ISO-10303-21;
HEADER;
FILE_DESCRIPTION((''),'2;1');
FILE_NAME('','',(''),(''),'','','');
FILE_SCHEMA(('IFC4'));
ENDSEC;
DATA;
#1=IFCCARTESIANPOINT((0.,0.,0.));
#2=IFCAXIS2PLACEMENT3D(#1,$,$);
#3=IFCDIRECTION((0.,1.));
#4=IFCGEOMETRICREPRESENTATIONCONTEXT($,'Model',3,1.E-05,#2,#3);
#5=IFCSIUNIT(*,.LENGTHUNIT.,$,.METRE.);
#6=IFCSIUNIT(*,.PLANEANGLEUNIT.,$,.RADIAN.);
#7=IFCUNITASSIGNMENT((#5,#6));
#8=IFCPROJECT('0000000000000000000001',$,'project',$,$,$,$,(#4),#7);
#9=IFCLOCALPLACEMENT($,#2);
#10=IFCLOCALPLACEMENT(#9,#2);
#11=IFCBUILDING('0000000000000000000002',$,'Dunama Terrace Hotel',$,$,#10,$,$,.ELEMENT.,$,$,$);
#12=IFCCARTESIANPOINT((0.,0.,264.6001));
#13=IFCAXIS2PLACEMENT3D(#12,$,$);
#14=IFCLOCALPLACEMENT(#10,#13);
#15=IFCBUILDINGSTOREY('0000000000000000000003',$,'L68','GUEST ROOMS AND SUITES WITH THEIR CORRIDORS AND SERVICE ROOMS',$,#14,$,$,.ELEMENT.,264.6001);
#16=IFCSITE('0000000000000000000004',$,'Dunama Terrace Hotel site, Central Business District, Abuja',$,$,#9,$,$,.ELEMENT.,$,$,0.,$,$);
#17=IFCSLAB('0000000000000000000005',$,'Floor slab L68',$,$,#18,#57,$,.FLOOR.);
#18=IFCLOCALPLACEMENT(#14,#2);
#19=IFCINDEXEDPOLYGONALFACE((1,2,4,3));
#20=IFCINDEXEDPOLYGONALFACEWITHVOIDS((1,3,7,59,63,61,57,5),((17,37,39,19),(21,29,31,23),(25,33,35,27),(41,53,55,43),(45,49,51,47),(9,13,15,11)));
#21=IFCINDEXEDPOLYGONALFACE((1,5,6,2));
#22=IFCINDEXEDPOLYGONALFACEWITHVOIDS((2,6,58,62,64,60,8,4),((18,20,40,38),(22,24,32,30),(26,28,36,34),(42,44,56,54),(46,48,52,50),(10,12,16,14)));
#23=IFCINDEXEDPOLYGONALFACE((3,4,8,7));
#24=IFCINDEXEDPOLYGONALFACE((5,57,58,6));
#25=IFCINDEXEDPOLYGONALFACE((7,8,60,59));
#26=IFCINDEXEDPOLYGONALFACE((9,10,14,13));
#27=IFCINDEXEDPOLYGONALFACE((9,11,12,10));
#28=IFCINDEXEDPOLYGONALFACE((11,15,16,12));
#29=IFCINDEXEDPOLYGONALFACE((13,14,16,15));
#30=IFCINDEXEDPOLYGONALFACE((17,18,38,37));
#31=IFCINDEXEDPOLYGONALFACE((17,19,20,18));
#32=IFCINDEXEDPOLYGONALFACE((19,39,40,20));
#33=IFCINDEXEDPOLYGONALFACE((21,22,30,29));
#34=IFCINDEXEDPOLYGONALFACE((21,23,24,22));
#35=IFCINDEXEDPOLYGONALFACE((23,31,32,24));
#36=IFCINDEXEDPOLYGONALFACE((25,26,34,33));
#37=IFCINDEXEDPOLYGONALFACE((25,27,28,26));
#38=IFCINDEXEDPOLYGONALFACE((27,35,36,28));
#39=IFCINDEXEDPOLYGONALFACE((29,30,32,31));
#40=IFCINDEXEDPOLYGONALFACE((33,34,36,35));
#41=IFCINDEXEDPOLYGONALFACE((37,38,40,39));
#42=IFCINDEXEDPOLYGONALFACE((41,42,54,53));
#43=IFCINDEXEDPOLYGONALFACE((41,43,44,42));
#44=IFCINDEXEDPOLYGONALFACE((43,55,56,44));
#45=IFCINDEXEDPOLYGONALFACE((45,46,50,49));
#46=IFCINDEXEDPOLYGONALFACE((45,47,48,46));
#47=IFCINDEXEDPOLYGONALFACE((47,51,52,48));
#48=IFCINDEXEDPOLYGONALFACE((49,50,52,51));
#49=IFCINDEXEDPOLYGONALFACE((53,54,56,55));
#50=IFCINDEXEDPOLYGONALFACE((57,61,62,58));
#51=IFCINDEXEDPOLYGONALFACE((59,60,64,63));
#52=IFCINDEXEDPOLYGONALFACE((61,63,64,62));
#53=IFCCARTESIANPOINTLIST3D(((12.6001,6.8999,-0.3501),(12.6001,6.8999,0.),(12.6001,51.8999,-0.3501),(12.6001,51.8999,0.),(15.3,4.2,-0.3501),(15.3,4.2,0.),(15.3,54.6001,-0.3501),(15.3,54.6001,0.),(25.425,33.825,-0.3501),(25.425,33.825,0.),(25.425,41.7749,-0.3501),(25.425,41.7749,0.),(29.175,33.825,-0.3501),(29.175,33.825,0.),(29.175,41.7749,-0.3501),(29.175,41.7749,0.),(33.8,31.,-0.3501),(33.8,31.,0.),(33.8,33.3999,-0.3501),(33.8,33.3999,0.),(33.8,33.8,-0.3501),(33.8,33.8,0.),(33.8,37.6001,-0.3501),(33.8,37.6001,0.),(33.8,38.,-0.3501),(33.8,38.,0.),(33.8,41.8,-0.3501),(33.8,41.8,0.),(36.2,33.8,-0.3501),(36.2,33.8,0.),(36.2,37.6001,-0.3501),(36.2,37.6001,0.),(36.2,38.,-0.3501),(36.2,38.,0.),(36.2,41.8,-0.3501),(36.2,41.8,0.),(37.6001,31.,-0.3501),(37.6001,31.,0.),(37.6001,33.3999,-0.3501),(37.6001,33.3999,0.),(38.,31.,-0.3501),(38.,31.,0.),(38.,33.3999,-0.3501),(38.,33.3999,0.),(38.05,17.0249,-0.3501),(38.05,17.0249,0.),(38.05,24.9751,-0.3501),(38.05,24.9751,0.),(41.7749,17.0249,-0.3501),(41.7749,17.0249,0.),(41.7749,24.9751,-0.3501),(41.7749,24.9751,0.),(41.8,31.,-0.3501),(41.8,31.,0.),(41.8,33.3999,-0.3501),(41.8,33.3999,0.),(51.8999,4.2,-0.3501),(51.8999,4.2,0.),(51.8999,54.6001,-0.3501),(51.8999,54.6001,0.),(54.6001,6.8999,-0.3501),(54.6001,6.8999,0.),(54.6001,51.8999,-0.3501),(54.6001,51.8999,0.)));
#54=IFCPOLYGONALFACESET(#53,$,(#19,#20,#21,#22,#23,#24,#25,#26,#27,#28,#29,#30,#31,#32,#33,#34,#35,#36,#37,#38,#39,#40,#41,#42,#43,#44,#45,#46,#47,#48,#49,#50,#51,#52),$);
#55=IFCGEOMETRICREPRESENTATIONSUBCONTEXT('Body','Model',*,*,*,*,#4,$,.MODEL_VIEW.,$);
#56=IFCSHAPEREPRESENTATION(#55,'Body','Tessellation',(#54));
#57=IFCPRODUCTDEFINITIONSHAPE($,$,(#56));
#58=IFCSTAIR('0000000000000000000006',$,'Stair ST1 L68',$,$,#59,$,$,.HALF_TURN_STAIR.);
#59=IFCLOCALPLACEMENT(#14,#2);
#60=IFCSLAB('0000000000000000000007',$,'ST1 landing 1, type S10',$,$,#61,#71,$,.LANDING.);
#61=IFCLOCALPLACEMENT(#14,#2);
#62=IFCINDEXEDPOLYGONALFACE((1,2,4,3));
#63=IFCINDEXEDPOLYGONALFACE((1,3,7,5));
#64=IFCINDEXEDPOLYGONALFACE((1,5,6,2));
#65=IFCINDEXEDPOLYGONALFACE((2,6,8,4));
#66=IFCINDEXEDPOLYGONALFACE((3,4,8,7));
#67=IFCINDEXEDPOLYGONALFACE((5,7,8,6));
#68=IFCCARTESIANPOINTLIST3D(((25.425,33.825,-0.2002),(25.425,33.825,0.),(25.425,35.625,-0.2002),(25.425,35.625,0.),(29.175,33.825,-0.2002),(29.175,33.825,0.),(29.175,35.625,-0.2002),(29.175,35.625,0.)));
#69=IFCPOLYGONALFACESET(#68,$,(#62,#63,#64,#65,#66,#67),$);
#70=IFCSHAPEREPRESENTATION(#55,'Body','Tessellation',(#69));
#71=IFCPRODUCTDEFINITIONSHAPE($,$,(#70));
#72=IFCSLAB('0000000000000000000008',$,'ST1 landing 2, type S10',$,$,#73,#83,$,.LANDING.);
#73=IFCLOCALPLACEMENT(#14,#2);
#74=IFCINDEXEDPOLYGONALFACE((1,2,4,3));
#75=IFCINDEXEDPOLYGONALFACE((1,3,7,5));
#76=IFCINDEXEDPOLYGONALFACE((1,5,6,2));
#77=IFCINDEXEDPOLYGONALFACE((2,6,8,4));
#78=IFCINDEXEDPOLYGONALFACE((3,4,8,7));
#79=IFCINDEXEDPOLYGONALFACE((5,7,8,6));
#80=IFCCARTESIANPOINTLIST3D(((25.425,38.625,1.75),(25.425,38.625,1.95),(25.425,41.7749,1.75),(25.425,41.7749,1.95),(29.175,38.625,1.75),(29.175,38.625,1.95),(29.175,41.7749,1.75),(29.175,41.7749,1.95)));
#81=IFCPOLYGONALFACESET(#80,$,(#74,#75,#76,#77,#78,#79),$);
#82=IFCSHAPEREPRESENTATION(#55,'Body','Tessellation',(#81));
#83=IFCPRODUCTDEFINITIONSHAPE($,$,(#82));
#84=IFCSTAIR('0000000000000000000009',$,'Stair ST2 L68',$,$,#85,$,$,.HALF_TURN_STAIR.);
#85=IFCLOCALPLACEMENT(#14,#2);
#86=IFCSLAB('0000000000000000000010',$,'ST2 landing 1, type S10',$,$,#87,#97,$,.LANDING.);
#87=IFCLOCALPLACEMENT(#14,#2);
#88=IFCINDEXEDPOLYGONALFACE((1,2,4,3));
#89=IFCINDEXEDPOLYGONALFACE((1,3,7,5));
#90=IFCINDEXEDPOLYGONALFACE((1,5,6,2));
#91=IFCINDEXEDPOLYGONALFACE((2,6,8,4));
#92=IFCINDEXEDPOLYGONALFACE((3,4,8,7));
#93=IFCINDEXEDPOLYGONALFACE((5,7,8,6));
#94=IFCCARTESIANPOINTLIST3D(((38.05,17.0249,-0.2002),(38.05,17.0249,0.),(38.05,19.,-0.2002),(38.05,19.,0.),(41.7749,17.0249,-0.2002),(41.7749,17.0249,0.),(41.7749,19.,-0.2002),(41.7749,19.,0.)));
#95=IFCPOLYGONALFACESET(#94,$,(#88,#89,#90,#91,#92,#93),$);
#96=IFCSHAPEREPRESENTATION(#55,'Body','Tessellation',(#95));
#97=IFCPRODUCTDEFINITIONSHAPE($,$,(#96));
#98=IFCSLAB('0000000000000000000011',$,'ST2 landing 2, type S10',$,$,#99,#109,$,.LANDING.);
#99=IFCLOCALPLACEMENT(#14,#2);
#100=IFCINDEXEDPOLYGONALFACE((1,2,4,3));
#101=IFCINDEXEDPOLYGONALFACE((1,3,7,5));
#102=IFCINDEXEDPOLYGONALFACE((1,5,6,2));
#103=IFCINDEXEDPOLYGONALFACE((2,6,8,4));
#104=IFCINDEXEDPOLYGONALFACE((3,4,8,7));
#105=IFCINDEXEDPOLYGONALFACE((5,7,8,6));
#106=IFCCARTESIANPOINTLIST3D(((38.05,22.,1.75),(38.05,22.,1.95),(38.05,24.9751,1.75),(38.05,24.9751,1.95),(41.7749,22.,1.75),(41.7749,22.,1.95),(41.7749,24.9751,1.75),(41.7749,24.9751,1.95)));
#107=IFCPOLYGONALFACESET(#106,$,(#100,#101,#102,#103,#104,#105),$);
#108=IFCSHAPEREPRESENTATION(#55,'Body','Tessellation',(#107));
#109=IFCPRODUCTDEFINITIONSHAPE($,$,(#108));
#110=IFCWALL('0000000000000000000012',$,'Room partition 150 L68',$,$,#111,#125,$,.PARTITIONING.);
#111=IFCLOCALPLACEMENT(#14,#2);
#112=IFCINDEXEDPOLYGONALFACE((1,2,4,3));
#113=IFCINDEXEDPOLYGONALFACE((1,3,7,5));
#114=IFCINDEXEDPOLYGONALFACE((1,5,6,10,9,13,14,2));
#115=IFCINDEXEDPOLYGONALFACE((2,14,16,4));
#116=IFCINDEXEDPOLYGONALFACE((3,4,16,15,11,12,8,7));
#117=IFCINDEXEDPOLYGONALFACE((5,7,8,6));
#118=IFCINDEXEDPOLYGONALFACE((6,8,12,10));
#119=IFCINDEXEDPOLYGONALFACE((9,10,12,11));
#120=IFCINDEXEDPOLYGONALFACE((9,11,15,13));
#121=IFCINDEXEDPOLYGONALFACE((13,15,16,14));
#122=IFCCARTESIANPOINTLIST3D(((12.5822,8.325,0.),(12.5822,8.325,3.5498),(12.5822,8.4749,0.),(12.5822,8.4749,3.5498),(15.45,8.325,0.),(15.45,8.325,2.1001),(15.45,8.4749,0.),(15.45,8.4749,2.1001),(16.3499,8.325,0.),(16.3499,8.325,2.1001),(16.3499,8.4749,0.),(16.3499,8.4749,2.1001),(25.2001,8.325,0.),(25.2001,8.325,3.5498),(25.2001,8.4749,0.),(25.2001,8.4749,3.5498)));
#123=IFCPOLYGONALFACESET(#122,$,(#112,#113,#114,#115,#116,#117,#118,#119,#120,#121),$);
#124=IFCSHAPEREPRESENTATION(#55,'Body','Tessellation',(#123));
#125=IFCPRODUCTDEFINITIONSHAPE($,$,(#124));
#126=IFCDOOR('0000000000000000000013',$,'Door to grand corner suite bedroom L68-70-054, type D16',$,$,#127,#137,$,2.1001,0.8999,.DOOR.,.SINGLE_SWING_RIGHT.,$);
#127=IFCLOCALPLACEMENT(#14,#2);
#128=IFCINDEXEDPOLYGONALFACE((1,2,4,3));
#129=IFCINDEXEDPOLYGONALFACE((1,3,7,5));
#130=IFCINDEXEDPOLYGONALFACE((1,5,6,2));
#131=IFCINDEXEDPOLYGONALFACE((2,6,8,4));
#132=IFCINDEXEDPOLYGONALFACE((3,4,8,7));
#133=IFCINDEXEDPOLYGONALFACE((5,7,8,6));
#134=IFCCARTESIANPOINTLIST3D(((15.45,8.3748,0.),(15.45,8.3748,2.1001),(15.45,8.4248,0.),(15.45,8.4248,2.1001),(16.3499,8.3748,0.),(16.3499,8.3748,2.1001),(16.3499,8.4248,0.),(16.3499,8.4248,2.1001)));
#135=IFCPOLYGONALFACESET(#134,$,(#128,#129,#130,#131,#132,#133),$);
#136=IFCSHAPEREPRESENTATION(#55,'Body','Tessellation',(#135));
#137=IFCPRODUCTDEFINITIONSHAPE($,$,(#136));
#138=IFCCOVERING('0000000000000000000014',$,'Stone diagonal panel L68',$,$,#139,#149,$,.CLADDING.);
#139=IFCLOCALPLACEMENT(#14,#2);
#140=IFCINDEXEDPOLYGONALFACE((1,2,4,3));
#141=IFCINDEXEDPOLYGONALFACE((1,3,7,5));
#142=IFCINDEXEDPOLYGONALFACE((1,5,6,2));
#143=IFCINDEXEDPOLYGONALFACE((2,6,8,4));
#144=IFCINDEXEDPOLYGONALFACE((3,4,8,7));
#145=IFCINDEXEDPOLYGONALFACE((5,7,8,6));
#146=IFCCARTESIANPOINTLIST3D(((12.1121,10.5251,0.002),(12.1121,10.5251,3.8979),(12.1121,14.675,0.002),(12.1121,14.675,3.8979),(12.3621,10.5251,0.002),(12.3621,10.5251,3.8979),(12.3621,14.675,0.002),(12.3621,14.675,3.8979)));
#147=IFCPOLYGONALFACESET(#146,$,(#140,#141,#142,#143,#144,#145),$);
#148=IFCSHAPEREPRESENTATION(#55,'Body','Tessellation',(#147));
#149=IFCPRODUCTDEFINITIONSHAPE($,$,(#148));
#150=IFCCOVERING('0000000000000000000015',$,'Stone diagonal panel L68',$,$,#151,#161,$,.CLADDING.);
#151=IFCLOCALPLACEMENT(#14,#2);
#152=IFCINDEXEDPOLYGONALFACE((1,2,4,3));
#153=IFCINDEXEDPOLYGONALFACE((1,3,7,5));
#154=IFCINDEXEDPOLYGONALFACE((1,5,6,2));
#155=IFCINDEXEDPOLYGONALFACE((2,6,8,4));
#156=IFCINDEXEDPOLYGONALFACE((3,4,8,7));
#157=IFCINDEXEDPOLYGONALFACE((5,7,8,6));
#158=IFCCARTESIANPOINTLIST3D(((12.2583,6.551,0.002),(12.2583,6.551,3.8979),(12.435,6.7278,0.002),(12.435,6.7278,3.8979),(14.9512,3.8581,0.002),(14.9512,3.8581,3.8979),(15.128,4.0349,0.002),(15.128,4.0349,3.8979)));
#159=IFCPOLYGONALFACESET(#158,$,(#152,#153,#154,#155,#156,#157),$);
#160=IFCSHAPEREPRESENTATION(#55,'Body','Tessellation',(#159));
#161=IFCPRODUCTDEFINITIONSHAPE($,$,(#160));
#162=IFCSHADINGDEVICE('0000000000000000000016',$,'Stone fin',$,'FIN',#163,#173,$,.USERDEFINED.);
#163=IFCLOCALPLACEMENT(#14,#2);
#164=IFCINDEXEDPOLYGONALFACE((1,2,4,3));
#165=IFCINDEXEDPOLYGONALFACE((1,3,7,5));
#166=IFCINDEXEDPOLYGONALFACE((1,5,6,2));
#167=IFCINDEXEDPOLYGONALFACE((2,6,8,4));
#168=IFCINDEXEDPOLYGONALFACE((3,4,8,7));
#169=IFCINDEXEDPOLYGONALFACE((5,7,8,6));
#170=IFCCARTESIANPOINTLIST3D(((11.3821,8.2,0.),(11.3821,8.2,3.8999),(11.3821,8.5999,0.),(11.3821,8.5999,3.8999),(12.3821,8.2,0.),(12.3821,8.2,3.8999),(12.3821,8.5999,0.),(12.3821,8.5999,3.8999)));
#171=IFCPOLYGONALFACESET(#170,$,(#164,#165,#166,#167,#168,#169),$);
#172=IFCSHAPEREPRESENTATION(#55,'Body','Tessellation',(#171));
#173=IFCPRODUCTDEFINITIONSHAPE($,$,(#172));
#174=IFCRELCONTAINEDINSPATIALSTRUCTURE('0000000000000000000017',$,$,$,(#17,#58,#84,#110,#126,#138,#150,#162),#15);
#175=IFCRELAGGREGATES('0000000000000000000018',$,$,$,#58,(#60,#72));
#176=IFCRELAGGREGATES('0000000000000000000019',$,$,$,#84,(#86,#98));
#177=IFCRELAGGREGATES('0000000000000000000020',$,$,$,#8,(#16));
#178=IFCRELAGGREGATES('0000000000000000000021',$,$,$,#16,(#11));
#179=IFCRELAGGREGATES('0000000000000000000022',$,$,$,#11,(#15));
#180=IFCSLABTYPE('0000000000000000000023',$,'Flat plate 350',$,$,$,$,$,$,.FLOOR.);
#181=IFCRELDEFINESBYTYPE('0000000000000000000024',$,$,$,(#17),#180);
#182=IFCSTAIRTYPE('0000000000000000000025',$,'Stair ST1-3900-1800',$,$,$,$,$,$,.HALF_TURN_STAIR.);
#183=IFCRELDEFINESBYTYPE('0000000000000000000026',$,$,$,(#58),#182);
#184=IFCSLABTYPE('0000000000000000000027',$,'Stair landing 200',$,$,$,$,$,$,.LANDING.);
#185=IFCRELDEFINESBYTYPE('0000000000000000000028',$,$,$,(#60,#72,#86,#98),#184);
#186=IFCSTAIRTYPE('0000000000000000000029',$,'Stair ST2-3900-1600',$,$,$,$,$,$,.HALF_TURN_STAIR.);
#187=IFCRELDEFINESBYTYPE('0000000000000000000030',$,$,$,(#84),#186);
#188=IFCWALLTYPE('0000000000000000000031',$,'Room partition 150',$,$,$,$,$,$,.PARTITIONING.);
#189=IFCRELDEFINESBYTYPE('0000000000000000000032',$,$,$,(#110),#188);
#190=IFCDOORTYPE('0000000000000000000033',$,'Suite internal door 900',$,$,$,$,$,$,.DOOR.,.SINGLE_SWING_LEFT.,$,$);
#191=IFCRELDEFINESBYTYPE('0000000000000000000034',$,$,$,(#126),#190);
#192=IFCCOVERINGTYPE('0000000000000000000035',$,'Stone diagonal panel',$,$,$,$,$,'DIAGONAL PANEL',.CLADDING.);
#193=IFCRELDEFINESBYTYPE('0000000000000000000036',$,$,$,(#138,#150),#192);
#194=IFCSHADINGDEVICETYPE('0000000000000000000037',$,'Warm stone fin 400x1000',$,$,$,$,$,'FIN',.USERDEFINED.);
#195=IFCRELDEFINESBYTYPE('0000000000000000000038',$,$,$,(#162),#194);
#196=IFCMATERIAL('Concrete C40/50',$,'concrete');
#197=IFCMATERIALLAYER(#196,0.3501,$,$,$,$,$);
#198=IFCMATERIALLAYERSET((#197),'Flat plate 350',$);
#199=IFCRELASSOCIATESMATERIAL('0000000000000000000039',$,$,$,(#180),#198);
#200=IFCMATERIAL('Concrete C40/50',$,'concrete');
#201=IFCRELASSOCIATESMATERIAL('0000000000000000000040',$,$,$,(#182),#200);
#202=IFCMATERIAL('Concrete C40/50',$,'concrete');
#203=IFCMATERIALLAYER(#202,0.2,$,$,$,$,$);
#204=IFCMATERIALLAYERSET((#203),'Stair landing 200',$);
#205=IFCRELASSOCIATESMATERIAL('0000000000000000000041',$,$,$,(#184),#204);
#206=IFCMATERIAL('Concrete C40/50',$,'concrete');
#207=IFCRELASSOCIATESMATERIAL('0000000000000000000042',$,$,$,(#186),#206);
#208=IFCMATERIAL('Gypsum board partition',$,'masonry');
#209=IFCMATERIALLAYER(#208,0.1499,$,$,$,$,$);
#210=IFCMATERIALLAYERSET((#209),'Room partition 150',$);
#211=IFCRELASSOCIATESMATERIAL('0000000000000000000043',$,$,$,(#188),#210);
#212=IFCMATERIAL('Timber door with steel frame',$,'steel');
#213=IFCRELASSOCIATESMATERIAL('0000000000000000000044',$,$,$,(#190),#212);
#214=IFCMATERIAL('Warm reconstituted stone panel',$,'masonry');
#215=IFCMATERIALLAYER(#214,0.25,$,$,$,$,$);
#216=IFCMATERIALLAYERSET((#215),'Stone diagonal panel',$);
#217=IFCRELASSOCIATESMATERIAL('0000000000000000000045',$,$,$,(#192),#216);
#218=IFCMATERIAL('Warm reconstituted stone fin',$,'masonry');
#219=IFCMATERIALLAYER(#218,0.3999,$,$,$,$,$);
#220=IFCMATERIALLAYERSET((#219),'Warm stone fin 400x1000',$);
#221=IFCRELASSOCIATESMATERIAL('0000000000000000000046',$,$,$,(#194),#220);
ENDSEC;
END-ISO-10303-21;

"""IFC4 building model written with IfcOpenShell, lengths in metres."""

from ifc_helpers import new_model, si_unit, direction, frame, frame_2d, origin, origin_2d, place, context, subcontext, project, spatial, polyline, rectangle, outline, extrude, material, layer, layer_set, type_object, element, fill, aggregate, save


model = new_model("IFC4")

# Units and contexts
model_context = context("Model", 3, precision=1e-05, world=origin(), true_north=direction((0.0, 1.0)))
body_context = subcontext(model_context, "Body", "Model", "MODEL_VIEW")
ifc_project = project(units=[si_unit("LENGTHUNIT", "METRE"), si_unit("PLANEANGLEUNIT", "RADIAN")], contexts=[model_context])

# Site, building, storey
site_placement = place(None, origin())
site = spatial("IfcSite", under=ifc_project, at=site_placement, Name="Dunama Terrace Hotel site, Central Business District, Abuja", CompositionType="ELEMENT", RefElevation=0.0)
building_placement = place(site_placement, origin())
building = spatial("IfcBuilding", under=site, at=building_placement, Name="Dunama Terrace Hotel", CompositionType="ELEMENT")
storey_placement = place(building_placement, frame((0.0, 0.0, 264.6001)))
storey = spatial("IfcBuildingStorey", under=building, at=storey_placement, Name="L68", Description="GUEST ROOMS AND SUITES WITH THEIR CORRIDORS AND SERVICE ROOMS", CompositionType="ELEMENT", Elevation=264.6001)

# Slab
ifc_material_1 = material(Name="Concrete C40/50", Category="concrete")
ifc_layer_1 = layer(ifc_material_1, 0.3501)
ifc_layer_set_1 = layer_set([ifc_layer_1], Name="Flat plate 350")
slab_type_1 = type_object("IfcSlabType", Name="Flat plate 350", PredefinedType="FLOOR", material=ifc_layer_set_1)
slab_1_placement = place(storey_placement, frame((0.0, 0.0, -0.3501)))
element("IfcSlab", 1, at=slab_1_placement, inside=storey, type_object=slab_type_1, Name="Floor slab L68", PredefinedType="FLOOR", context=body_context, shape_type="SweptSolid", body=[
    extrude(outline(polyline([(15.3, 4.2), (51.8999, 4.2), (54.6001, 6.8999), (54.6001, 51.8999), (51.8999, 54.6001), (15.3, 54.6001), (12.6001, 51.8999), (12.6001, 6.8999), (15.3, 4.2)]), holes=[polyline([(37.6001, 31.0), (37.6001, 33.3999), (33.8, 33.3999), (33.8, 31.0), (37.6001, 31.0)]), polyline([(41.8, 31.0), (41.8, 33.3999), (38.0, 33.3999), (38.0, 31.0), (41.8, 31.0)]), polyline([(36.2, 38.0), (36.2, 41.8), (33.8, 41.8), (33.8, 38.0), (36.2, 38.0)]), polyline([(36.2, 33.8), (36.2, 37.6001), (33.8, 37.6001), (33.8, 33.8), (36.2, 33.8)]), polyline([(29.175, 33.825), (29.175, 41.7749), (25.425, 41.7749), (25.425, 33.825), (29.175, 33.825)]), polyline([(41.7749, 17.0249), (41.7749, 24.9751), (38.05, 24.9751), (38.05, 17.0249), (41.7749, 17.0249)])]), origin(), (0.0, 0.0, 1.0), 0.3501),
])

# Stairs, slabs
ifc_material_2 = material(Name="Concrete C40/50", Category="concrete")
stair_type_1 = type_object("IfcStairType", Name="Stair ST1-3900-1800", PredefinedType="HALF_TURN_STAIR", material=ifc_material_2)
stair_1_placement = place(storey_placement, origin())
stair_1 = element("IfcStair", 2, at=stair_1_placement, inside=storey, type_object=stair_type_1, Name="Stair ST1 L68", PredefinedType="HALF_TURN_STAIR")
ifc_material_3 = material(Name="Concrete C40/50", Category="concrete")
ifc_layer_2 = layer(ifc_material_3, 0.2)
ifc_layer_set_2 = layer_set([ifc_layer_2], Name="Stair landing 200")
slab_type_2 = type_object("IfcSlabType", Name="Stair landing 200", PredefinedType="LANDING", material=ifc_layer_set_2)
slab_2_placement = place(storey_placement, frame((0.0, 0.0, -0.2002)))
slab_2 = element("IfcSlab", 3, at=slab_2_placement, type_object=slab_type_2, Name="ST1 landing 1, type S10", PredefinedType="LANDING", context=body_context, shape_type="SweptSolid", body=[
    extrude(outline(polyline([(25.425, 33.825), (29.175, 33.825), (29.175, 35.625), (25.425, 35.625), (25.425, 33.825)])), origin(), (0.0, 0.0, 1.0), 0.2002),
])
slab_3_placement = place(storey_placement, frame((0.0, 0.0, 1.75)))
slab_3 = element("IfcSlab", 4, at=slab_3_placement, type_object=slab_type_2, Name="ST1 landing 2, type S10", PredefinedType="LANDING", context=body_context, shape_type="SweptSolid", body=[
    extrude(outline(polyline([(25.425, 38.625), (29.175, 38.625), (29.175, 41.7749), (25.425, 41.7749), (25.425, 38.625)])), origin(), (0.0, 0.0, 1.0), 0.2),
])
aggregate(stair_1, [slab_2, slab_3])
ifc_material_4 = material(Name="Concrete C40/50", Category="concrete")
stair_type_2 = type_object("IfcStairType", Name="Stair ST2-3900-1600", PredefinedType="HALF_TURN_STAIR", material=ifc_material_4)
stair_2_placement = place(storey_placement, origin())
stair_2 = element("IfcStair", 5, at=stair_2_placement, inside=storey, type_object=stair_type_2, Name="Stair ST2 L68", PredefinedType="HALF_TURN_STAIR")
slab_4_placement = place(storey_placement, frame((0.0, 0.0, -0.2002)))
slab_4 = element("IfcSlab", 6, at=slab_4_placement, type_object=slab_type_2, Name="ST2 landing 1, type S10", PredefinedType="LANDING", context=body_context, shape_type="SweptSolid", body=[
    extrude(outline(polyline([(38.05, 17.0249), (41.7749, 17.0249), (41.7749, 19.0), (38.05, 19.0), (38.05, 17.0249)])), origin(), (0.0, 0.0, 1.0), 0.2002),
])
slab_5_placement = place(storey_placement, frame((0.0, 0.0, 1.75)))
slab_5 = element("IfcSlab", 7, at=slab_5_placement, type_object=slab_type_2, Name="ST2 landing 2, type S10", PredefinedType="LANDING", context=body_context, shape_type="SweptSolid", body=[
    extrude(outline(polyline([(38.05, 22.0), (41.7749, 22.0), (41.7749, 24.9751), (38.05, 24.9751), (38.05, 22.0)])), origin(), (0.0, 0.0, 1.0), 0.2),
])
aggregate(stair_2, [slab_4, slab_5])

# Wall, opening, door
ifc_material_5 = material(Name="Gypsum board partition", Category="masonry")
ifc_layer_3 = layer(ifc_material_5, 0.1499)
ifc_layer_set_3 = layer_set([ifc_layer_3], Name="Room partition 150")
wall_type = type_object("IfcWallType", Name="Room partition 150", PredefinedType="PARTITIONING", material=ifc_layer_set_3)
wall_placement = place(storey_placement, frame((12.582, 8.3999, 0.0), z_axis=(0.0, 0.0, 1.0), x_axis=(1.0, 0.0, 0.0)))
wall = element("IfcWall", 8, at=wall_placement, inside=storey, type_object=wall_type, Name="Room partition 150 L68", PredefinedType="PARTITIONING", context=body_context, shape_type="SweptSolid", body=[
    extrude(rectangle(XDim=12.6179, YDim=0.1499, at=frame_2d((6.3091, 0.0))), origin(), (0.0, 0.0, 1.0), 3.5498),
])
opening_placement = place(wall_placement, frame((2.8679, 0.0, 0.0)))
opening = element("IfcOpeningElement", 9, at=opening_placement, cuts=wall, PredefinedType="OPENING", context=body_context, shape_type="SweptSolid", body=[
    extrude(rectangle(XDim=0.8999, YDim=2.1001, at=frame_2d((0.45, 1.05))), frame((0.0, 0.085, 0.0), z_axis=(0.0, -1.0, 0.0), x_axis=(1.0, 0.0, 0.0)), (0.0, 0.0, 1.0), 0.1699),
])
ifc_material_6 = material(Name="Timber door with steel frame", Category="steel")
door_type = type_object("IfcDoorType", Name="Suite internal door 900", OperationType="SINGLE_SWING_LEFT", PredefinedType="DOOR", material=ifc_material_6)
door_placement = place(opening_placement, frame((0.8999, 0.0, 0.0), z_axis=(0.0, 0.0, 1.0), x_axis=(-1.0, 0.0, 0.0)))
door = element("IfcDoor", 10, at=door_placement, inside=storey, type_object=door_type, Name="Door to grand corner suite bedroom L68-70-054, type D16", OperationType="SINGLE_SWING_RIGHT", OverallHeight=2.1001, OverallWidth=0.8999, PredefinedType="DOOR", context=body_context, shape_type="SweptSolid", body=[
    extrude(rectangle(XDim=0.8999, YDim=2.1001, at=frame_2d((0.45, 1.05))), frame((0.0, 0.0251, 0.0), z_axis=(0.0, -1.0, 0.0), x_axis=(1.0, 0.0, 0.0)), (0.0, 0.0, 1.0), 0.05),
])
fill(opening, door)

# Coverings
ifc_material_7 = material(Name="Warm reconstituted stone panel", Category="masonry")
ifc_layer_4 = layer(ifc_material_7, 0.25)
ifc_layer_set_4 = layer_set([ifc_layer_4], Name="Stone diagonal panel")
covering_type = type_object("IfcCoveringType", Name="Stone diagonal panel", ElementType="DIAGONAL PANEL", PredefinedType="CLADDING", material=ifc_layer_set_4)
covering_1_placement = place(storey_placement, frame((12.2371, 12.6001, 0.002), z_axis=(0.0, 0.0, 1.0), x_axis=(0.0, -1.0, 0.0)))
element("IfcCovering", 11, at=covering_1_placement, inside=storey, type_object=covering_type, Name="Stone diagonal panel L68", PredefinedType="CLADDING", context=body_context, shape_type="SweptSolid", body=[
    extrude(rectangle(XDim=4.1499, YDim=0.25, at=origin_2d()), origin(), (0.0, 0.0, 1.0), 3.896),
])
covering_2_placement = place(storey_placement, frame((13.6931, 5.293, 0.002), z_axis=(0.0, 0.0, 1.0), x_axis=(0.707107, -0.707107, 0.0)))
element("IfcCovering", 12, at=covering_2_placement, inside=storey, type_object=covering_type, Name="Stone diagonal panel L68", PredefinedType="CLADDING", context=body_context, shape_type="SweptSolid", body=[
    extrude(rectangle(XDim=3.8083, YDim=0.25, at=origin_2d()), origin(), (0.0, 0.0, 1.0), 3.896),
])

# Shading device
ifc_material_8 = material(Name="Warm reconstituted stone fin", Category="masonry")
ifc_layer_5 = layer(ifc_material_8, 0.3999)
ifc_layer_set_5 = layer_set([ifc_layer_5], Name="Warm stone fin 400x1000")
shading_device_type = type_object("IfcShadingDeviceType", Name="Warm stone fin 400x1000", ElementType="FIN", PredefinedType="USERDEFINED", material=ifc_layer_set_5)
shading_device_placement = place(storey_placement, frame((11.8821, 8.3999, 0.0), z_axis=(0.0, 0.0, 1.0), x_axis=(0.0, -1.0, 0.0)))
element("IfcShadingDevice", 13, at=shading_device_placement, inside=storey, type_object=shading_device_type, Name="Stone fin", ObjectType="FIN", PredefinedType="USERDEFINED", context=body_context, shape_type="SweptSolid", body=[
    extrude(rectangle(XDim=0.3999, YDim=1.0, at=origin_2d()), origin(), (0.0, 0.0, 1.0), 3.8999),
])

save(model, "model.ifc")
